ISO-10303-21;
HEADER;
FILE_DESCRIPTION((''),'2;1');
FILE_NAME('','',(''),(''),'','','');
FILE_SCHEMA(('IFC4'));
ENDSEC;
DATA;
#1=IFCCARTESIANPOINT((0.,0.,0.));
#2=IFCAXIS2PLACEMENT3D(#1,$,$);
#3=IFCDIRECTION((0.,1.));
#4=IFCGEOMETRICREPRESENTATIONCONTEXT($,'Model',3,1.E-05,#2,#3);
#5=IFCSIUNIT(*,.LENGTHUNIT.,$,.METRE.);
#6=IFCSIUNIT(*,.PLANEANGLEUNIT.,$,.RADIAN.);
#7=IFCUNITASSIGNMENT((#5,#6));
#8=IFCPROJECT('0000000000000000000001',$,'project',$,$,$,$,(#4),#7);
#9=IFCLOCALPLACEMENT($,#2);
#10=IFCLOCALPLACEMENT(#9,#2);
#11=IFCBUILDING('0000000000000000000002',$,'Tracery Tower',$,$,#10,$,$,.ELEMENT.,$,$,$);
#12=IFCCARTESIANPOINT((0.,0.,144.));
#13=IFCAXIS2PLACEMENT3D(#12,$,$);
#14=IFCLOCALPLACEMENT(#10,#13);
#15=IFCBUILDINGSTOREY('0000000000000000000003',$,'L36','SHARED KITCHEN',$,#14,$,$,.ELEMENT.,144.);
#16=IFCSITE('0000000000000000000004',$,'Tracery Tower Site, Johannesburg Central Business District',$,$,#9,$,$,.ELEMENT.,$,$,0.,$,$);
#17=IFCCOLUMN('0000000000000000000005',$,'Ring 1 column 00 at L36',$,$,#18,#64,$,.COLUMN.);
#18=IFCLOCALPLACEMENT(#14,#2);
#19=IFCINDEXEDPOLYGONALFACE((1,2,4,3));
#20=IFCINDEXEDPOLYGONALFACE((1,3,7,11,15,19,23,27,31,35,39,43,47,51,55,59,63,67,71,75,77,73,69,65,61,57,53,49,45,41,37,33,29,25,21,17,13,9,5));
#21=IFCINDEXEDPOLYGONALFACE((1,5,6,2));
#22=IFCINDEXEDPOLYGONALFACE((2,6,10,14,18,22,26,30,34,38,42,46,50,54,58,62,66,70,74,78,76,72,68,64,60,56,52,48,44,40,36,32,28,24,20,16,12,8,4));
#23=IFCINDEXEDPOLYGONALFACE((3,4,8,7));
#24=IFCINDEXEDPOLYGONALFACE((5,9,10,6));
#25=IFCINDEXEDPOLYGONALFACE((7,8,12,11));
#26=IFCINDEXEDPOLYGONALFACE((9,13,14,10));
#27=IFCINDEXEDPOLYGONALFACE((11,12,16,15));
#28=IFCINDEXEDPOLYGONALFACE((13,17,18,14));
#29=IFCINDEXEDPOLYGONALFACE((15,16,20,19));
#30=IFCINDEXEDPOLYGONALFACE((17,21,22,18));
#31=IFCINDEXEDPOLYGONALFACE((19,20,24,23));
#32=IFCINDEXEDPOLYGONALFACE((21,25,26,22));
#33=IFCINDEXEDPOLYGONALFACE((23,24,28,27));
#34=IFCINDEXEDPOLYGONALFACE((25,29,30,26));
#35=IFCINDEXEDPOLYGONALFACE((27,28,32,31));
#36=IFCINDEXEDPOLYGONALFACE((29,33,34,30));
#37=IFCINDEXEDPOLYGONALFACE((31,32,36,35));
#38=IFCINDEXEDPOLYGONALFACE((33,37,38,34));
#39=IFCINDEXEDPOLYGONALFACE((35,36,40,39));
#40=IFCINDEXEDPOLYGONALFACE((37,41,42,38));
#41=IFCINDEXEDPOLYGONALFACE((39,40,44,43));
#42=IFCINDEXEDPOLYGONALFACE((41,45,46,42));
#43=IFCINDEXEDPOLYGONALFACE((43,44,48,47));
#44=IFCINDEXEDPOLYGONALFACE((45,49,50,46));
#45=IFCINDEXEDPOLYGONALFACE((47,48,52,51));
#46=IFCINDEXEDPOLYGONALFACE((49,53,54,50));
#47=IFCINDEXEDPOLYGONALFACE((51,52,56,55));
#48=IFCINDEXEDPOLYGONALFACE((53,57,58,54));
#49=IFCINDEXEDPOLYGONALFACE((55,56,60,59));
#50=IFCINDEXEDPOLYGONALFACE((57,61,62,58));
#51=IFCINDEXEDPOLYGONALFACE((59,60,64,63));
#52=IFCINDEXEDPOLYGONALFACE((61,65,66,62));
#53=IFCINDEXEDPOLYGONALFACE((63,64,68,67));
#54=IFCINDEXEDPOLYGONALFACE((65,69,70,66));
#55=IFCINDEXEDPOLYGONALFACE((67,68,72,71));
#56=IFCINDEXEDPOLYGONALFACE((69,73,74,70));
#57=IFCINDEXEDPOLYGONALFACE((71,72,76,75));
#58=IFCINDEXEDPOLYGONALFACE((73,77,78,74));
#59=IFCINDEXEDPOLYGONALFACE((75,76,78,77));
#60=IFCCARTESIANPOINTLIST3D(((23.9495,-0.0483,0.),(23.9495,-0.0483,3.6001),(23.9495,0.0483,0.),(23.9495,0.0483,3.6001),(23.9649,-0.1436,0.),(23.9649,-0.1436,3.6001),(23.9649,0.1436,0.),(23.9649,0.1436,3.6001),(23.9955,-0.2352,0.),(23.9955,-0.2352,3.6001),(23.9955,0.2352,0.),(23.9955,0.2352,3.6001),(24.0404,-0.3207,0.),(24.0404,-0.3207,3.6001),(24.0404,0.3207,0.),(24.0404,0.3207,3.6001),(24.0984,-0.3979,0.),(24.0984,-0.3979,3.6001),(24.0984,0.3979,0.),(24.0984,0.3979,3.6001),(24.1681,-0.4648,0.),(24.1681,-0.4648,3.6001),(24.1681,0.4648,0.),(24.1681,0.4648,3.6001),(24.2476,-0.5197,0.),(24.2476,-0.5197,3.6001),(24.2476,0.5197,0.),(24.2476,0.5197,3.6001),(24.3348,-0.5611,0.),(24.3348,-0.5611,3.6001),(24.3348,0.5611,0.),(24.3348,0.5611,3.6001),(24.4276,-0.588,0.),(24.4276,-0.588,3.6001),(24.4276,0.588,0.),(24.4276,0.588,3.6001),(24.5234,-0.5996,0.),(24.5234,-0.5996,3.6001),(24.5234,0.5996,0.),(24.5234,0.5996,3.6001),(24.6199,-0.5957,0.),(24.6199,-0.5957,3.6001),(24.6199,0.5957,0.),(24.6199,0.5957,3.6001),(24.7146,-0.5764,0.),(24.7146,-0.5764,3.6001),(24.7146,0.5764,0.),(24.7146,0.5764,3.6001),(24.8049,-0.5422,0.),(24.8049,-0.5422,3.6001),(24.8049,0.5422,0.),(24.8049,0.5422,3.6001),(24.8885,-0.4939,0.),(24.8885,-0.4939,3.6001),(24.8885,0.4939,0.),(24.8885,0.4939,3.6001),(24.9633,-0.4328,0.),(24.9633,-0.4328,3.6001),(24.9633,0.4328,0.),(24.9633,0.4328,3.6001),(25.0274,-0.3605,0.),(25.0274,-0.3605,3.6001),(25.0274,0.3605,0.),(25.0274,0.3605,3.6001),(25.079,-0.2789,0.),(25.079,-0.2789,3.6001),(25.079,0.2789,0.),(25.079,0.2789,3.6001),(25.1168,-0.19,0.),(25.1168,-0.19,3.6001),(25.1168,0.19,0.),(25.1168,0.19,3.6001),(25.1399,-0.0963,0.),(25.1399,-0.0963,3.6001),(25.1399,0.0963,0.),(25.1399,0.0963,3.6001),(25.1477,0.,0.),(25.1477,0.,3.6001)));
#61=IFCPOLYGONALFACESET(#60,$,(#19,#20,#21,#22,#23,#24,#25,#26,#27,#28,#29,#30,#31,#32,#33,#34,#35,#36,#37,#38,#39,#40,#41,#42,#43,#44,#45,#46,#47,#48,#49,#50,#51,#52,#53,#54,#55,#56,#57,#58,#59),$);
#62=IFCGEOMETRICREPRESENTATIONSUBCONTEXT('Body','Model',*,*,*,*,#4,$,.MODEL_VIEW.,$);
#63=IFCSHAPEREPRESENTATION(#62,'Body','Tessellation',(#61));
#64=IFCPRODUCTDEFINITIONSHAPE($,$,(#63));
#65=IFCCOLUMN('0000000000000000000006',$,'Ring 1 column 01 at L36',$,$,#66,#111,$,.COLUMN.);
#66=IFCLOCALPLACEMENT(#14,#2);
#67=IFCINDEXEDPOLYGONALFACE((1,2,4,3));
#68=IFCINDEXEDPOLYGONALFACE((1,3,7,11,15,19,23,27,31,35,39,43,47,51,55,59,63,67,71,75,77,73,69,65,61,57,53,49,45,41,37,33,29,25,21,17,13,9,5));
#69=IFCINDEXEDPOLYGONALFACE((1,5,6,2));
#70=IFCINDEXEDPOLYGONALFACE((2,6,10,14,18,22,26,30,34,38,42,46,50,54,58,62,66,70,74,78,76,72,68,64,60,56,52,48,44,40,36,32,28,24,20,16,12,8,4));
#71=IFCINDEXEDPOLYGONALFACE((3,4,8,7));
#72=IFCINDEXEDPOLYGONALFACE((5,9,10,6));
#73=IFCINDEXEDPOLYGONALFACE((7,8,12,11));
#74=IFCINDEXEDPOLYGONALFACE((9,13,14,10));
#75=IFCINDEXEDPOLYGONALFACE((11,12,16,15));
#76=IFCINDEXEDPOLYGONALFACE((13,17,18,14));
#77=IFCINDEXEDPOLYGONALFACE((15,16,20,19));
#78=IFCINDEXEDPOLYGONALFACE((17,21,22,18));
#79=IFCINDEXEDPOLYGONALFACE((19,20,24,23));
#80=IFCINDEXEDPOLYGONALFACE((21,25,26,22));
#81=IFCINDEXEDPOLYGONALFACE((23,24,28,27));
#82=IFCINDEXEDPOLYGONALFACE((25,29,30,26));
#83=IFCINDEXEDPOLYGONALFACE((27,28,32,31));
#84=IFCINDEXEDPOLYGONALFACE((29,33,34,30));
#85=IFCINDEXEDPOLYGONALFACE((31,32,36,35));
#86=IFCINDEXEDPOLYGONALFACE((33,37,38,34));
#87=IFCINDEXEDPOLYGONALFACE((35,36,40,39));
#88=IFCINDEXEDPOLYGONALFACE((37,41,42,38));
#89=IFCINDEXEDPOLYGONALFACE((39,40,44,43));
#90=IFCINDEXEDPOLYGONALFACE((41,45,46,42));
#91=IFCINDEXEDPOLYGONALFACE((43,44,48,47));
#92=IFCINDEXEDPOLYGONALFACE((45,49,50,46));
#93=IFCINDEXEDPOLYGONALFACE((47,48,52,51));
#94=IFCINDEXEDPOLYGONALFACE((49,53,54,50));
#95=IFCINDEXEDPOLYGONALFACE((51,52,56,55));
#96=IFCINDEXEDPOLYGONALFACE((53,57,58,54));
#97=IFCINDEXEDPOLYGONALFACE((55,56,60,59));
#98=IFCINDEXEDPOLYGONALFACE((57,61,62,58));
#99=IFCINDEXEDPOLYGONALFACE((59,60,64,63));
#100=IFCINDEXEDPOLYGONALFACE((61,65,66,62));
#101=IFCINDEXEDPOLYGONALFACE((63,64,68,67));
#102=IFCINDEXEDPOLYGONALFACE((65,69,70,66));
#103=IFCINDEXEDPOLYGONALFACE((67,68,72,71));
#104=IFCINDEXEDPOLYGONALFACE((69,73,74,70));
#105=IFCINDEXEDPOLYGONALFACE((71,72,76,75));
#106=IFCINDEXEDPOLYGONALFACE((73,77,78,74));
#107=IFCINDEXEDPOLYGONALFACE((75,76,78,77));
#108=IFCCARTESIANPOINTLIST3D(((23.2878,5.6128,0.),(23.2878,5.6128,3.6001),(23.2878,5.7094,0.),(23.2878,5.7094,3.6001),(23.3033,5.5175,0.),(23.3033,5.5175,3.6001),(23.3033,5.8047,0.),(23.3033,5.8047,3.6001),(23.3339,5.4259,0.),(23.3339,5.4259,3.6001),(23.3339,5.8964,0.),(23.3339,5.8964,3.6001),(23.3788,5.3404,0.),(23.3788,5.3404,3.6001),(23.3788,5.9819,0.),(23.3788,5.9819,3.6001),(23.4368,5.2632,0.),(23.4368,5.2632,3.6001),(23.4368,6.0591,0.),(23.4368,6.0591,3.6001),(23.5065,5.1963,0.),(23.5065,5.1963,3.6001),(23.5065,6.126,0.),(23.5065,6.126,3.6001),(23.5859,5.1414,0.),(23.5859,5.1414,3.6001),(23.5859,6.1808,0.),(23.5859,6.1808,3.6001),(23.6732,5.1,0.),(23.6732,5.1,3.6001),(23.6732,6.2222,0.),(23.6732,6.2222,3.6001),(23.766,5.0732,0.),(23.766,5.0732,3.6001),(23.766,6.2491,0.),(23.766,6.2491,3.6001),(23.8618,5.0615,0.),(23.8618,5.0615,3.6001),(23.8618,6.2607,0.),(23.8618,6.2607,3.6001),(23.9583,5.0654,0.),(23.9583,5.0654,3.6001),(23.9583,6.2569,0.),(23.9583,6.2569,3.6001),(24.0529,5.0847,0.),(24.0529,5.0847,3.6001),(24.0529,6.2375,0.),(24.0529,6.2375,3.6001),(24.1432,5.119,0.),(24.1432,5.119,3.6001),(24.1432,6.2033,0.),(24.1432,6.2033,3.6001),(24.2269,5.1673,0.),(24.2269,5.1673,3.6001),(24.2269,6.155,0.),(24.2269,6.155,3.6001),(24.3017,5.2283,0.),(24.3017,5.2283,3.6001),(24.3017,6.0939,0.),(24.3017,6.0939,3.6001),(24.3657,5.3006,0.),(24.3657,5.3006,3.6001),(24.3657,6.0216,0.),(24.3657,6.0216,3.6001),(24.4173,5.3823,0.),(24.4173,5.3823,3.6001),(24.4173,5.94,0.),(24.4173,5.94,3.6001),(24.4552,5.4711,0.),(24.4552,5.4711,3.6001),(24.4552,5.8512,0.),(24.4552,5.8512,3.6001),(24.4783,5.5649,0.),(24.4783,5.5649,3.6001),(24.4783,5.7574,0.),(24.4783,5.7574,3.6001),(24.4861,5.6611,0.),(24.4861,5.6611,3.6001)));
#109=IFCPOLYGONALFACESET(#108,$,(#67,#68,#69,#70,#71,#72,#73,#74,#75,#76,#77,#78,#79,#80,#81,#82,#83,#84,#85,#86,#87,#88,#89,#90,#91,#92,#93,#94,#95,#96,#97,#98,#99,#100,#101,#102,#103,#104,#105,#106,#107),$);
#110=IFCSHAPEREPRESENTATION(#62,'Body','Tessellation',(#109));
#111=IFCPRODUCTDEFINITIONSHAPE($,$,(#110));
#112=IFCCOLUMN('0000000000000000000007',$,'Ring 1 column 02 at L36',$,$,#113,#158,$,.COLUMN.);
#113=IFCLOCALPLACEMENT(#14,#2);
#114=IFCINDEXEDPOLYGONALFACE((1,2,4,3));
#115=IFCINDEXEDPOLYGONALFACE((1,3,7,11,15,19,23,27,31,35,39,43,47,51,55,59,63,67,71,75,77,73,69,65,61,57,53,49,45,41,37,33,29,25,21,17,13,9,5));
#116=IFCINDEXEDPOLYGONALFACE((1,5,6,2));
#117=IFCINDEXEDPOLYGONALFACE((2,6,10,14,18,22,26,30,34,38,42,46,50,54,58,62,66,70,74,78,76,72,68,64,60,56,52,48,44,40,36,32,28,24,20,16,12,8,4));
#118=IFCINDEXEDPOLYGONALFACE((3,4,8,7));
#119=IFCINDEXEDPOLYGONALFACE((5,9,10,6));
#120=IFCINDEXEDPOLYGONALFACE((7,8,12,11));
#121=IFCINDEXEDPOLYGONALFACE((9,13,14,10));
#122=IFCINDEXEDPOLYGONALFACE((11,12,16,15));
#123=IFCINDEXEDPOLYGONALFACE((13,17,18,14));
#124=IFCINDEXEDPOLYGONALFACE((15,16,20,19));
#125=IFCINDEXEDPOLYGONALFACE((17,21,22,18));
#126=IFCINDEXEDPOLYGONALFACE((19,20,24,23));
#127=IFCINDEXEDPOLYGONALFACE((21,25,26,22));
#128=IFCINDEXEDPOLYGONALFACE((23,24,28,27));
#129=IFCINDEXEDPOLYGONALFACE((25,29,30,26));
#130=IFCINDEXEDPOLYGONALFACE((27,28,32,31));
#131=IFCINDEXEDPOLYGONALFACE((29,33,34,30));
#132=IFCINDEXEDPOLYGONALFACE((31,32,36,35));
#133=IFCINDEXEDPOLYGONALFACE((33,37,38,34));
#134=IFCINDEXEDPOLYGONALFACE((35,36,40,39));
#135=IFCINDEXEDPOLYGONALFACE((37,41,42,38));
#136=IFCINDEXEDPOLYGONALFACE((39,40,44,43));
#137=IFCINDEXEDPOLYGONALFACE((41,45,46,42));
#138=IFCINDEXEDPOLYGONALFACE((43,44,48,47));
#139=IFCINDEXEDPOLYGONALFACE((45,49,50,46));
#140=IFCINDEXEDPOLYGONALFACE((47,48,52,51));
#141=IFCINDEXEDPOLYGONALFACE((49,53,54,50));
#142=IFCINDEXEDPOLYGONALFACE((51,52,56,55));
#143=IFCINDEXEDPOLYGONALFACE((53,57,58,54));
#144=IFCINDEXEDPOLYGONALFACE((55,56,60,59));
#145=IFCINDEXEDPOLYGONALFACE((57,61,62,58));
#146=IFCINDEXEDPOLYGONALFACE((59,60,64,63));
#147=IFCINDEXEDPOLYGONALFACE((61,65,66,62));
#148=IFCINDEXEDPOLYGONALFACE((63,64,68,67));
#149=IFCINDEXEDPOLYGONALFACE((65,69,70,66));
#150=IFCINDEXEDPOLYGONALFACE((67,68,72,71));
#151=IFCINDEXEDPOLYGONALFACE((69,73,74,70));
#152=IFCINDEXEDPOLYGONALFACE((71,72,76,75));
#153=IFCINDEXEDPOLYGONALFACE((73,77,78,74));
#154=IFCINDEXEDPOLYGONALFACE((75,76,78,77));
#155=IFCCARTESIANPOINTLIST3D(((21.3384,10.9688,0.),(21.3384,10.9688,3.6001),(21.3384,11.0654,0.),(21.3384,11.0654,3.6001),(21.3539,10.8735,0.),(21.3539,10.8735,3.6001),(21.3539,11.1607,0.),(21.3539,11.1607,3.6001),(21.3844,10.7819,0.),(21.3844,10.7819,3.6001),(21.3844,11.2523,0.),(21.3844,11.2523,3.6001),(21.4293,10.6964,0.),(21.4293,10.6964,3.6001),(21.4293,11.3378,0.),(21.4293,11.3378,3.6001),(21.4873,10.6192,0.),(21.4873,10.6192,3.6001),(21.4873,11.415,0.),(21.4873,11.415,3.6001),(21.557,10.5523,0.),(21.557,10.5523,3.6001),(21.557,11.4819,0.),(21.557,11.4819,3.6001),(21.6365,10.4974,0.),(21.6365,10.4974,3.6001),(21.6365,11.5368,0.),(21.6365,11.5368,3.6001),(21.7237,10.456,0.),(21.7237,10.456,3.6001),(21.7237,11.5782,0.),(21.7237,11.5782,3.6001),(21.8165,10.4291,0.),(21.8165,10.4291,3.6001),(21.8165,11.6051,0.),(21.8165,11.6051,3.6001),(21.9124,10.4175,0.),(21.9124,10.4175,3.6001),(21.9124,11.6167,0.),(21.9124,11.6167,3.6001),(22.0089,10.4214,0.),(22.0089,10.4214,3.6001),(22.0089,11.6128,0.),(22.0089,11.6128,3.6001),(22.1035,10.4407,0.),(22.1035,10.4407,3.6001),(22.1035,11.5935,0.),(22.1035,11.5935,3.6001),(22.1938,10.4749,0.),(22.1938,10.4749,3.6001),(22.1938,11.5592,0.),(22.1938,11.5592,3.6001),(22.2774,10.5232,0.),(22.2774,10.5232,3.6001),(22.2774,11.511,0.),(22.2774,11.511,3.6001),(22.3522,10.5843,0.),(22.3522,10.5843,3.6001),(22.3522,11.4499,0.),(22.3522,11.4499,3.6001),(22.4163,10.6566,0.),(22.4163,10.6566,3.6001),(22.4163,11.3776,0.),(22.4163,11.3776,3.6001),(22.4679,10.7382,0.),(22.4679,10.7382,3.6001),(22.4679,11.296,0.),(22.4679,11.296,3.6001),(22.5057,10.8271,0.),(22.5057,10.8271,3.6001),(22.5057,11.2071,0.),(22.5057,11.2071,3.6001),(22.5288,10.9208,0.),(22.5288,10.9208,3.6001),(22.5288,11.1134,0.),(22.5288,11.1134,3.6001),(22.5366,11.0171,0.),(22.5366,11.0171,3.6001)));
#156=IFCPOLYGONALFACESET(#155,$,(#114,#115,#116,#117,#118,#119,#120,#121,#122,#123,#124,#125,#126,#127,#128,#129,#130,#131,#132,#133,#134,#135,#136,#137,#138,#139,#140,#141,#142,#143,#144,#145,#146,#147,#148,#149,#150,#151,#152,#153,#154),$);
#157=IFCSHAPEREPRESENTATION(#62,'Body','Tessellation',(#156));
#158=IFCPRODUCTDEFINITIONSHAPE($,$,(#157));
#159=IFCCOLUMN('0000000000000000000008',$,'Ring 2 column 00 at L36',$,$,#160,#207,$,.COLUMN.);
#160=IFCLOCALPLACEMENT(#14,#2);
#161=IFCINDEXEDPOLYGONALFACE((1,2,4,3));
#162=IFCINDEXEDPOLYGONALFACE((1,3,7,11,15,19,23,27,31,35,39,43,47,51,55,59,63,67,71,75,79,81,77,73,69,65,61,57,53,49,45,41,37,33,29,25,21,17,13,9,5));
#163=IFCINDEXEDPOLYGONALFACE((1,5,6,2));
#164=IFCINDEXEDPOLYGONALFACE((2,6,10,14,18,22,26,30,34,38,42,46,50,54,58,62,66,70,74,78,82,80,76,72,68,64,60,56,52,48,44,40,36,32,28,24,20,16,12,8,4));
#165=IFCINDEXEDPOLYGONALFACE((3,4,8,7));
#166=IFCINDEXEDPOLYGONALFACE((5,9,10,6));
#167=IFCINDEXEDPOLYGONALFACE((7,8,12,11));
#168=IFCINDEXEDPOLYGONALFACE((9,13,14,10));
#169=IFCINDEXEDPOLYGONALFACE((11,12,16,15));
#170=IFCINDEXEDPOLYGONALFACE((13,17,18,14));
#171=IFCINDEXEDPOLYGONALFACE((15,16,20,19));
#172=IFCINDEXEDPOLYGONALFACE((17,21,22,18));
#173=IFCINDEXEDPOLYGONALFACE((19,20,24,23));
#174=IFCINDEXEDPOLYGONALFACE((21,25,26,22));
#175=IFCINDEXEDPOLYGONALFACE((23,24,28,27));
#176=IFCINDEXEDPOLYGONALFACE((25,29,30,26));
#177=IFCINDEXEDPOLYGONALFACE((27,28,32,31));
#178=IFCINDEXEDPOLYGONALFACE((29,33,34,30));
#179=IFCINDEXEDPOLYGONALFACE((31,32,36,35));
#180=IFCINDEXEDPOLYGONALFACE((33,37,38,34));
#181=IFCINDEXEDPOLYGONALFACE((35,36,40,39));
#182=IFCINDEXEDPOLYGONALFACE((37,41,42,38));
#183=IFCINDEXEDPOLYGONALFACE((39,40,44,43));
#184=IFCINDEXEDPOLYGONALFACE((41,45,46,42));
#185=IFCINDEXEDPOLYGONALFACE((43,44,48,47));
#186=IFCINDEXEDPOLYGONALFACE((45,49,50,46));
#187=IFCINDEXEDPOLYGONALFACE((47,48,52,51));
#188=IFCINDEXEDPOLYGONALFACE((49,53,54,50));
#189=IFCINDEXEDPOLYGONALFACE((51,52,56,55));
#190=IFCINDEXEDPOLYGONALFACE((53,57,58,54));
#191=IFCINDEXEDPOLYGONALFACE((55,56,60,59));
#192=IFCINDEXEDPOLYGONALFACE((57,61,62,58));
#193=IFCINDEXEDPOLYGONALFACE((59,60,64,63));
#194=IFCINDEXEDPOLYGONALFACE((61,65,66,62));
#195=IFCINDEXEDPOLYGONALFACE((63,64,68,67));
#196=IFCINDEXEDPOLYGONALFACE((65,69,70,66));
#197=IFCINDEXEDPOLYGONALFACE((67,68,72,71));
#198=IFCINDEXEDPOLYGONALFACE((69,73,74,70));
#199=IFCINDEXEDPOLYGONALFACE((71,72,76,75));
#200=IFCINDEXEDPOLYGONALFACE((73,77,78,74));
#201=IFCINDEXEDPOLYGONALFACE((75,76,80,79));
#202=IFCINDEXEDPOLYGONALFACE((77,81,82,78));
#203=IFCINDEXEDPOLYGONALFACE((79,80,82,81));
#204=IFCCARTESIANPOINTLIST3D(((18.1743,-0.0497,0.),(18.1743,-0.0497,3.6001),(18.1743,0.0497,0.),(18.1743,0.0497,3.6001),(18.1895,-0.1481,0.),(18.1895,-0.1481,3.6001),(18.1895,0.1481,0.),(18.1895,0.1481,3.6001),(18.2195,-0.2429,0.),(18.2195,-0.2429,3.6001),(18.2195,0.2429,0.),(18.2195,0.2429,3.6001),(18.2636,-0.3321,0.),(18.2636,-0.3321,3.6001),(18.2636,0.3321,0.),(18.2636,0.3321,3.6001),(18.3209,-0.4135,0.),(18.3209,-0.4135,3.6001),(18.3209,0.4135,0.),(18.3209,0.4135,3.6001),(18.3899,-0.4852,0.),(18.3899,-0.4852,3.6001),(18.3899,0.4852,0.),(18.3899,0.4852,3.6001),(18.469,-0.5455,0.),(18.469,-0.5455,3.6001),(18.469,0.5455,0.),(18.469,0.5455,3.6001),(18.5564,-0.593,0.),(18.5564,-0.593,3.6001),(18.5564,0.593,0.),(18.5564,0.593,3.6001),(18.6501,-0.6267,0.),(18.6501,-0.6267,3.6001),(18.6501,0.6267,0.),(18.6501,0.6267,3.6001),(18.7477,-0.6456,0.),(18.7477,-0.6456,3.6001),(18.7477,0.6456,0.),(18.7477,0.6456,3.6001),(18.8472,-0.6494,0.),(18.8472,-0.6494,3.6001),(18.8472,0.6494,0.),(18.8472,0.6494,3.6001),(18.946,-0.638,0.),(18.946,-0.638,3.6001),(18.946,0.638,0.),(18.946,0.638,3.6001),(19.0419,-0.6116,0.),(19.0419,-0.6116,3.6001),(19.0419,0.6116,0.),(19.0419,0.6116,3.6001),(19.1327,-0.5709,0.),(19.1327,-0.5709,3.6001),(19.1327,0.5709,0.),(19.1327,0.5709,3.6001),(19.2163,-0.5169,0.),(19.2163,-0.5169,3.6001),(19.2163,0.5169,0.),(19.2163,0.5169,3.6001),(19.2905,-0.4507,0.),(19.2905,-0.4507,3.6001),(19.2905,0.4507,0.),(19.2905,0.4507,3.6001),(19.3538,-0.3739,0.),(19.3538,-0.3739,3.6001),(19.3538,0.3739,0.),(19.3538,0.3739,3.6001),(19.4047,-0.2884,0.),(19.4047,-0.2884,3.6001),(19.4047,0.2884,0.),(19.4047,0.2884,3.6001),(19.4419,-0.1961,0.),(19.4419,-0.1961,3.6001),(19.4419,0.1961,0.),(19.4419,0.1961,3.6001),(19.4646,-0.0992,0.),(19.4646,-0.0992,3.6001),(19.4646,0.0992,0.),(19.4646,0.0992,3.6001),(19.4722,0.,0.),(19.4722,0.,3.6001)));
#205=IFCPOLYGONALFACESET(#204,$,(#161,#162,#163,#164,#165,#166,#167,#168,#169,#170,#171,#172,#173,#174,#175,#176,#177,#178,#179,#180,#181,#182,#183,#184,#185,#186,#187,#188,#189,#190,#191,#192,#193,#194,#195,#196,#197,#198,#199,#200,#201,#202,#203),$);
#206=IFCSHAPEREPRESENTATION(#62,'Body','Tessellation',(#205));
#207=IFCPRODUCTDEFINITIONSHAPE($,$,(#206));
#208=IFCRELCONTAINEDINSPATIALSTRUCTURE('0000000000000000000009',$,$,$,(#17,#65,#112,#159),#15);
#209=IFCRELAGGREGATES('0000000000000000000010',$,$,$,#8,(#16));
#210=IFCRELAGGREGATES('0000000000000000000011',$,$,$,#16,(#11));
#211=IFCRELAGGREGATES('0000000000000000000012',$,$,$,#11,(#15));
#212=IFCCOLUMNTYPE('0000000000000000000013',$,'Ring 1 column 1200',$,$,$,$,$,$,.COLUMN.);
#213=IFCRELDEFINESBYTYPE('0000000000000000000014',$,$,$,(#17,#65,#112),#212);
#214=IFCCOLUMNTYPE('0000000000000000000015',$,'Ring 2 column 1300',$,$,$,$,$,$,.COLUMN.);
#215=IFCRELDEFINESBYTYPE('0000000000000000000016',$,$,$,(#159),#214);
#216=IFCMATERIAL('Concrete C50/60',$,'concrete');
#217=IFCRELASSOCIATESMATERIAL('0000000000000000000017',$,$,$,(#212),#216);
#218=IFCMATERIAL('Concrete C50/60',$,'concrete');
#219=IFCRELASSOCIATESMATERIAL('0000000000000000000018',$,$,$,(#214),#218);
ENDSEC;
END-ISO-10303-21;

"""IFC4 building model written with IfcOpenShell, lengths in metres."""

from ifc_helpers import new_model, si_unit, direction, frame, origin, origin_2d, place, context, subcontext, project, spatial, circle, extrude, material, material_profile, profile_set, type_object, element, save


model = new_model("IFC4")

# Units and contexts
model_context = context("Model", 3, precision=1e-05, world=origin(), true_north=direction((0.0, 1.0)))
body_context = subcontext(model_context, "Body", "Model", "MODEL_VIEW")
ifc_project = project(units=[si_unit("LENGTHUNIT", "METRE"), si_unit("PLANEANGLEUNIT", "RADIAN")], contexts=[model_context])

# Site, building, storey
site_placement = place(None, origin())
site = spatial("IfcSite", under=ifc_project, at=site_placement, Name="Tracery Tower Site, Johannesburg Central Business District", CompositionType="ELEMENT", RefElevation=0.0)
building_placement = place(site_placement, origin())
building = spatial("IfcBuilding", under=site, at=building_placement, Name="Tracery Tower", CompositionType="ELEMENT")
storey_placement = place(building_placement, frame((0.0, 0.0, 144.0)))
storey = spatial("IfcBuildingStorey", under=building, at=storey_placement, Name="L36", Description="SHARED KITCHEN", CompositionType="ELEMENT", Elevation=144.0)

# Columns
ifc_material_1 = material(Name="Concrete C50/60", Category="concrete")
ifc_material_profile_1 = material_profile(ifc_material_1, circle(Radius=0.6001, at=origin_2d()), Name="RC D1200")
ifc_profile_set_1 = profile_set([ifc_material_profile_1], Name="Concrete C50/60")
column_type_1 = type_object("IfcColumnType", Name="Ring 1 column 1200", PredefinedType="COLUMN", material=ifc_profile_set_1)
for number, where, z_axis, x_axis, name in (
    (1, (24.5476, 0.0, 0.0), (0.0, 0.0, 1.0), (1.0, 0.0, 0.0), "Ring 1 column 00 at L36"),
    (2, (23.886, 5.6611, 0.0), (0.0, 0.0, 1.0), (1.0, 0.0, 0.0), "Ring 1 column 01 at L36"),
    (3, (21.9365, 11.0171, 0.0), (0.0, 0.0, 1.0), (1.0, 0.0, 0.0), "Ring 1 column 02 at L36"),
):
    element("IfcColumn", number, at=place(storey_placement, frame(where, z_axis=z_axis, x_axis=x_axis)), inside=storey, type_object=column_type_1, Name=name, PredefinedType="COLUMN", context=body_context, shape_type="SweptSolid", body=[
        extrude(circle(Radius=0.6001, at=origin_2d()), origin(), (0.0, 0.0, 1.0), 3.6001),
    ])
ifc_material_2 = material(Name="Concrete C50/60", Category="concrete")
ifc_material_profile_2 = material_profile(ifc_material_2, circle(Radius=0.6499, at=origin_2d()), Name="RC D1300")
ifc_profile_set_2 = profile_set([ifc_material_profile_2], Name="Concrete C50/60")
column_type_2 = type_object("IfcColumnType", Name="Ring 2 column 1300", PredefinedType="COLUMN", material=ifc_profile_set_2)
for number, where, z_axis, x_axis, name in (
    (4, (18.8223, 0.0, 0.0), (0.0, 0.0, 1.0), (1.0, 0.0, 0.0), "Ring 2 column 00 at L36"),
):
    element("IfcColumn", number, at=place(storey_placement, frame(where, z_axis=z_axis, x_axis=x_axis)), inside=storey, type_object=column_type_2, Name=name, PredefinedType="COLUMN", context=body_context, shape_type="SweptSolid", body=[
        extrude(circle(Radius=0.6499, at=origin_2d()), origin(), (0.0, 0.0, 1.0), 3.6001),
    ])

save(model, "model.ifc")
